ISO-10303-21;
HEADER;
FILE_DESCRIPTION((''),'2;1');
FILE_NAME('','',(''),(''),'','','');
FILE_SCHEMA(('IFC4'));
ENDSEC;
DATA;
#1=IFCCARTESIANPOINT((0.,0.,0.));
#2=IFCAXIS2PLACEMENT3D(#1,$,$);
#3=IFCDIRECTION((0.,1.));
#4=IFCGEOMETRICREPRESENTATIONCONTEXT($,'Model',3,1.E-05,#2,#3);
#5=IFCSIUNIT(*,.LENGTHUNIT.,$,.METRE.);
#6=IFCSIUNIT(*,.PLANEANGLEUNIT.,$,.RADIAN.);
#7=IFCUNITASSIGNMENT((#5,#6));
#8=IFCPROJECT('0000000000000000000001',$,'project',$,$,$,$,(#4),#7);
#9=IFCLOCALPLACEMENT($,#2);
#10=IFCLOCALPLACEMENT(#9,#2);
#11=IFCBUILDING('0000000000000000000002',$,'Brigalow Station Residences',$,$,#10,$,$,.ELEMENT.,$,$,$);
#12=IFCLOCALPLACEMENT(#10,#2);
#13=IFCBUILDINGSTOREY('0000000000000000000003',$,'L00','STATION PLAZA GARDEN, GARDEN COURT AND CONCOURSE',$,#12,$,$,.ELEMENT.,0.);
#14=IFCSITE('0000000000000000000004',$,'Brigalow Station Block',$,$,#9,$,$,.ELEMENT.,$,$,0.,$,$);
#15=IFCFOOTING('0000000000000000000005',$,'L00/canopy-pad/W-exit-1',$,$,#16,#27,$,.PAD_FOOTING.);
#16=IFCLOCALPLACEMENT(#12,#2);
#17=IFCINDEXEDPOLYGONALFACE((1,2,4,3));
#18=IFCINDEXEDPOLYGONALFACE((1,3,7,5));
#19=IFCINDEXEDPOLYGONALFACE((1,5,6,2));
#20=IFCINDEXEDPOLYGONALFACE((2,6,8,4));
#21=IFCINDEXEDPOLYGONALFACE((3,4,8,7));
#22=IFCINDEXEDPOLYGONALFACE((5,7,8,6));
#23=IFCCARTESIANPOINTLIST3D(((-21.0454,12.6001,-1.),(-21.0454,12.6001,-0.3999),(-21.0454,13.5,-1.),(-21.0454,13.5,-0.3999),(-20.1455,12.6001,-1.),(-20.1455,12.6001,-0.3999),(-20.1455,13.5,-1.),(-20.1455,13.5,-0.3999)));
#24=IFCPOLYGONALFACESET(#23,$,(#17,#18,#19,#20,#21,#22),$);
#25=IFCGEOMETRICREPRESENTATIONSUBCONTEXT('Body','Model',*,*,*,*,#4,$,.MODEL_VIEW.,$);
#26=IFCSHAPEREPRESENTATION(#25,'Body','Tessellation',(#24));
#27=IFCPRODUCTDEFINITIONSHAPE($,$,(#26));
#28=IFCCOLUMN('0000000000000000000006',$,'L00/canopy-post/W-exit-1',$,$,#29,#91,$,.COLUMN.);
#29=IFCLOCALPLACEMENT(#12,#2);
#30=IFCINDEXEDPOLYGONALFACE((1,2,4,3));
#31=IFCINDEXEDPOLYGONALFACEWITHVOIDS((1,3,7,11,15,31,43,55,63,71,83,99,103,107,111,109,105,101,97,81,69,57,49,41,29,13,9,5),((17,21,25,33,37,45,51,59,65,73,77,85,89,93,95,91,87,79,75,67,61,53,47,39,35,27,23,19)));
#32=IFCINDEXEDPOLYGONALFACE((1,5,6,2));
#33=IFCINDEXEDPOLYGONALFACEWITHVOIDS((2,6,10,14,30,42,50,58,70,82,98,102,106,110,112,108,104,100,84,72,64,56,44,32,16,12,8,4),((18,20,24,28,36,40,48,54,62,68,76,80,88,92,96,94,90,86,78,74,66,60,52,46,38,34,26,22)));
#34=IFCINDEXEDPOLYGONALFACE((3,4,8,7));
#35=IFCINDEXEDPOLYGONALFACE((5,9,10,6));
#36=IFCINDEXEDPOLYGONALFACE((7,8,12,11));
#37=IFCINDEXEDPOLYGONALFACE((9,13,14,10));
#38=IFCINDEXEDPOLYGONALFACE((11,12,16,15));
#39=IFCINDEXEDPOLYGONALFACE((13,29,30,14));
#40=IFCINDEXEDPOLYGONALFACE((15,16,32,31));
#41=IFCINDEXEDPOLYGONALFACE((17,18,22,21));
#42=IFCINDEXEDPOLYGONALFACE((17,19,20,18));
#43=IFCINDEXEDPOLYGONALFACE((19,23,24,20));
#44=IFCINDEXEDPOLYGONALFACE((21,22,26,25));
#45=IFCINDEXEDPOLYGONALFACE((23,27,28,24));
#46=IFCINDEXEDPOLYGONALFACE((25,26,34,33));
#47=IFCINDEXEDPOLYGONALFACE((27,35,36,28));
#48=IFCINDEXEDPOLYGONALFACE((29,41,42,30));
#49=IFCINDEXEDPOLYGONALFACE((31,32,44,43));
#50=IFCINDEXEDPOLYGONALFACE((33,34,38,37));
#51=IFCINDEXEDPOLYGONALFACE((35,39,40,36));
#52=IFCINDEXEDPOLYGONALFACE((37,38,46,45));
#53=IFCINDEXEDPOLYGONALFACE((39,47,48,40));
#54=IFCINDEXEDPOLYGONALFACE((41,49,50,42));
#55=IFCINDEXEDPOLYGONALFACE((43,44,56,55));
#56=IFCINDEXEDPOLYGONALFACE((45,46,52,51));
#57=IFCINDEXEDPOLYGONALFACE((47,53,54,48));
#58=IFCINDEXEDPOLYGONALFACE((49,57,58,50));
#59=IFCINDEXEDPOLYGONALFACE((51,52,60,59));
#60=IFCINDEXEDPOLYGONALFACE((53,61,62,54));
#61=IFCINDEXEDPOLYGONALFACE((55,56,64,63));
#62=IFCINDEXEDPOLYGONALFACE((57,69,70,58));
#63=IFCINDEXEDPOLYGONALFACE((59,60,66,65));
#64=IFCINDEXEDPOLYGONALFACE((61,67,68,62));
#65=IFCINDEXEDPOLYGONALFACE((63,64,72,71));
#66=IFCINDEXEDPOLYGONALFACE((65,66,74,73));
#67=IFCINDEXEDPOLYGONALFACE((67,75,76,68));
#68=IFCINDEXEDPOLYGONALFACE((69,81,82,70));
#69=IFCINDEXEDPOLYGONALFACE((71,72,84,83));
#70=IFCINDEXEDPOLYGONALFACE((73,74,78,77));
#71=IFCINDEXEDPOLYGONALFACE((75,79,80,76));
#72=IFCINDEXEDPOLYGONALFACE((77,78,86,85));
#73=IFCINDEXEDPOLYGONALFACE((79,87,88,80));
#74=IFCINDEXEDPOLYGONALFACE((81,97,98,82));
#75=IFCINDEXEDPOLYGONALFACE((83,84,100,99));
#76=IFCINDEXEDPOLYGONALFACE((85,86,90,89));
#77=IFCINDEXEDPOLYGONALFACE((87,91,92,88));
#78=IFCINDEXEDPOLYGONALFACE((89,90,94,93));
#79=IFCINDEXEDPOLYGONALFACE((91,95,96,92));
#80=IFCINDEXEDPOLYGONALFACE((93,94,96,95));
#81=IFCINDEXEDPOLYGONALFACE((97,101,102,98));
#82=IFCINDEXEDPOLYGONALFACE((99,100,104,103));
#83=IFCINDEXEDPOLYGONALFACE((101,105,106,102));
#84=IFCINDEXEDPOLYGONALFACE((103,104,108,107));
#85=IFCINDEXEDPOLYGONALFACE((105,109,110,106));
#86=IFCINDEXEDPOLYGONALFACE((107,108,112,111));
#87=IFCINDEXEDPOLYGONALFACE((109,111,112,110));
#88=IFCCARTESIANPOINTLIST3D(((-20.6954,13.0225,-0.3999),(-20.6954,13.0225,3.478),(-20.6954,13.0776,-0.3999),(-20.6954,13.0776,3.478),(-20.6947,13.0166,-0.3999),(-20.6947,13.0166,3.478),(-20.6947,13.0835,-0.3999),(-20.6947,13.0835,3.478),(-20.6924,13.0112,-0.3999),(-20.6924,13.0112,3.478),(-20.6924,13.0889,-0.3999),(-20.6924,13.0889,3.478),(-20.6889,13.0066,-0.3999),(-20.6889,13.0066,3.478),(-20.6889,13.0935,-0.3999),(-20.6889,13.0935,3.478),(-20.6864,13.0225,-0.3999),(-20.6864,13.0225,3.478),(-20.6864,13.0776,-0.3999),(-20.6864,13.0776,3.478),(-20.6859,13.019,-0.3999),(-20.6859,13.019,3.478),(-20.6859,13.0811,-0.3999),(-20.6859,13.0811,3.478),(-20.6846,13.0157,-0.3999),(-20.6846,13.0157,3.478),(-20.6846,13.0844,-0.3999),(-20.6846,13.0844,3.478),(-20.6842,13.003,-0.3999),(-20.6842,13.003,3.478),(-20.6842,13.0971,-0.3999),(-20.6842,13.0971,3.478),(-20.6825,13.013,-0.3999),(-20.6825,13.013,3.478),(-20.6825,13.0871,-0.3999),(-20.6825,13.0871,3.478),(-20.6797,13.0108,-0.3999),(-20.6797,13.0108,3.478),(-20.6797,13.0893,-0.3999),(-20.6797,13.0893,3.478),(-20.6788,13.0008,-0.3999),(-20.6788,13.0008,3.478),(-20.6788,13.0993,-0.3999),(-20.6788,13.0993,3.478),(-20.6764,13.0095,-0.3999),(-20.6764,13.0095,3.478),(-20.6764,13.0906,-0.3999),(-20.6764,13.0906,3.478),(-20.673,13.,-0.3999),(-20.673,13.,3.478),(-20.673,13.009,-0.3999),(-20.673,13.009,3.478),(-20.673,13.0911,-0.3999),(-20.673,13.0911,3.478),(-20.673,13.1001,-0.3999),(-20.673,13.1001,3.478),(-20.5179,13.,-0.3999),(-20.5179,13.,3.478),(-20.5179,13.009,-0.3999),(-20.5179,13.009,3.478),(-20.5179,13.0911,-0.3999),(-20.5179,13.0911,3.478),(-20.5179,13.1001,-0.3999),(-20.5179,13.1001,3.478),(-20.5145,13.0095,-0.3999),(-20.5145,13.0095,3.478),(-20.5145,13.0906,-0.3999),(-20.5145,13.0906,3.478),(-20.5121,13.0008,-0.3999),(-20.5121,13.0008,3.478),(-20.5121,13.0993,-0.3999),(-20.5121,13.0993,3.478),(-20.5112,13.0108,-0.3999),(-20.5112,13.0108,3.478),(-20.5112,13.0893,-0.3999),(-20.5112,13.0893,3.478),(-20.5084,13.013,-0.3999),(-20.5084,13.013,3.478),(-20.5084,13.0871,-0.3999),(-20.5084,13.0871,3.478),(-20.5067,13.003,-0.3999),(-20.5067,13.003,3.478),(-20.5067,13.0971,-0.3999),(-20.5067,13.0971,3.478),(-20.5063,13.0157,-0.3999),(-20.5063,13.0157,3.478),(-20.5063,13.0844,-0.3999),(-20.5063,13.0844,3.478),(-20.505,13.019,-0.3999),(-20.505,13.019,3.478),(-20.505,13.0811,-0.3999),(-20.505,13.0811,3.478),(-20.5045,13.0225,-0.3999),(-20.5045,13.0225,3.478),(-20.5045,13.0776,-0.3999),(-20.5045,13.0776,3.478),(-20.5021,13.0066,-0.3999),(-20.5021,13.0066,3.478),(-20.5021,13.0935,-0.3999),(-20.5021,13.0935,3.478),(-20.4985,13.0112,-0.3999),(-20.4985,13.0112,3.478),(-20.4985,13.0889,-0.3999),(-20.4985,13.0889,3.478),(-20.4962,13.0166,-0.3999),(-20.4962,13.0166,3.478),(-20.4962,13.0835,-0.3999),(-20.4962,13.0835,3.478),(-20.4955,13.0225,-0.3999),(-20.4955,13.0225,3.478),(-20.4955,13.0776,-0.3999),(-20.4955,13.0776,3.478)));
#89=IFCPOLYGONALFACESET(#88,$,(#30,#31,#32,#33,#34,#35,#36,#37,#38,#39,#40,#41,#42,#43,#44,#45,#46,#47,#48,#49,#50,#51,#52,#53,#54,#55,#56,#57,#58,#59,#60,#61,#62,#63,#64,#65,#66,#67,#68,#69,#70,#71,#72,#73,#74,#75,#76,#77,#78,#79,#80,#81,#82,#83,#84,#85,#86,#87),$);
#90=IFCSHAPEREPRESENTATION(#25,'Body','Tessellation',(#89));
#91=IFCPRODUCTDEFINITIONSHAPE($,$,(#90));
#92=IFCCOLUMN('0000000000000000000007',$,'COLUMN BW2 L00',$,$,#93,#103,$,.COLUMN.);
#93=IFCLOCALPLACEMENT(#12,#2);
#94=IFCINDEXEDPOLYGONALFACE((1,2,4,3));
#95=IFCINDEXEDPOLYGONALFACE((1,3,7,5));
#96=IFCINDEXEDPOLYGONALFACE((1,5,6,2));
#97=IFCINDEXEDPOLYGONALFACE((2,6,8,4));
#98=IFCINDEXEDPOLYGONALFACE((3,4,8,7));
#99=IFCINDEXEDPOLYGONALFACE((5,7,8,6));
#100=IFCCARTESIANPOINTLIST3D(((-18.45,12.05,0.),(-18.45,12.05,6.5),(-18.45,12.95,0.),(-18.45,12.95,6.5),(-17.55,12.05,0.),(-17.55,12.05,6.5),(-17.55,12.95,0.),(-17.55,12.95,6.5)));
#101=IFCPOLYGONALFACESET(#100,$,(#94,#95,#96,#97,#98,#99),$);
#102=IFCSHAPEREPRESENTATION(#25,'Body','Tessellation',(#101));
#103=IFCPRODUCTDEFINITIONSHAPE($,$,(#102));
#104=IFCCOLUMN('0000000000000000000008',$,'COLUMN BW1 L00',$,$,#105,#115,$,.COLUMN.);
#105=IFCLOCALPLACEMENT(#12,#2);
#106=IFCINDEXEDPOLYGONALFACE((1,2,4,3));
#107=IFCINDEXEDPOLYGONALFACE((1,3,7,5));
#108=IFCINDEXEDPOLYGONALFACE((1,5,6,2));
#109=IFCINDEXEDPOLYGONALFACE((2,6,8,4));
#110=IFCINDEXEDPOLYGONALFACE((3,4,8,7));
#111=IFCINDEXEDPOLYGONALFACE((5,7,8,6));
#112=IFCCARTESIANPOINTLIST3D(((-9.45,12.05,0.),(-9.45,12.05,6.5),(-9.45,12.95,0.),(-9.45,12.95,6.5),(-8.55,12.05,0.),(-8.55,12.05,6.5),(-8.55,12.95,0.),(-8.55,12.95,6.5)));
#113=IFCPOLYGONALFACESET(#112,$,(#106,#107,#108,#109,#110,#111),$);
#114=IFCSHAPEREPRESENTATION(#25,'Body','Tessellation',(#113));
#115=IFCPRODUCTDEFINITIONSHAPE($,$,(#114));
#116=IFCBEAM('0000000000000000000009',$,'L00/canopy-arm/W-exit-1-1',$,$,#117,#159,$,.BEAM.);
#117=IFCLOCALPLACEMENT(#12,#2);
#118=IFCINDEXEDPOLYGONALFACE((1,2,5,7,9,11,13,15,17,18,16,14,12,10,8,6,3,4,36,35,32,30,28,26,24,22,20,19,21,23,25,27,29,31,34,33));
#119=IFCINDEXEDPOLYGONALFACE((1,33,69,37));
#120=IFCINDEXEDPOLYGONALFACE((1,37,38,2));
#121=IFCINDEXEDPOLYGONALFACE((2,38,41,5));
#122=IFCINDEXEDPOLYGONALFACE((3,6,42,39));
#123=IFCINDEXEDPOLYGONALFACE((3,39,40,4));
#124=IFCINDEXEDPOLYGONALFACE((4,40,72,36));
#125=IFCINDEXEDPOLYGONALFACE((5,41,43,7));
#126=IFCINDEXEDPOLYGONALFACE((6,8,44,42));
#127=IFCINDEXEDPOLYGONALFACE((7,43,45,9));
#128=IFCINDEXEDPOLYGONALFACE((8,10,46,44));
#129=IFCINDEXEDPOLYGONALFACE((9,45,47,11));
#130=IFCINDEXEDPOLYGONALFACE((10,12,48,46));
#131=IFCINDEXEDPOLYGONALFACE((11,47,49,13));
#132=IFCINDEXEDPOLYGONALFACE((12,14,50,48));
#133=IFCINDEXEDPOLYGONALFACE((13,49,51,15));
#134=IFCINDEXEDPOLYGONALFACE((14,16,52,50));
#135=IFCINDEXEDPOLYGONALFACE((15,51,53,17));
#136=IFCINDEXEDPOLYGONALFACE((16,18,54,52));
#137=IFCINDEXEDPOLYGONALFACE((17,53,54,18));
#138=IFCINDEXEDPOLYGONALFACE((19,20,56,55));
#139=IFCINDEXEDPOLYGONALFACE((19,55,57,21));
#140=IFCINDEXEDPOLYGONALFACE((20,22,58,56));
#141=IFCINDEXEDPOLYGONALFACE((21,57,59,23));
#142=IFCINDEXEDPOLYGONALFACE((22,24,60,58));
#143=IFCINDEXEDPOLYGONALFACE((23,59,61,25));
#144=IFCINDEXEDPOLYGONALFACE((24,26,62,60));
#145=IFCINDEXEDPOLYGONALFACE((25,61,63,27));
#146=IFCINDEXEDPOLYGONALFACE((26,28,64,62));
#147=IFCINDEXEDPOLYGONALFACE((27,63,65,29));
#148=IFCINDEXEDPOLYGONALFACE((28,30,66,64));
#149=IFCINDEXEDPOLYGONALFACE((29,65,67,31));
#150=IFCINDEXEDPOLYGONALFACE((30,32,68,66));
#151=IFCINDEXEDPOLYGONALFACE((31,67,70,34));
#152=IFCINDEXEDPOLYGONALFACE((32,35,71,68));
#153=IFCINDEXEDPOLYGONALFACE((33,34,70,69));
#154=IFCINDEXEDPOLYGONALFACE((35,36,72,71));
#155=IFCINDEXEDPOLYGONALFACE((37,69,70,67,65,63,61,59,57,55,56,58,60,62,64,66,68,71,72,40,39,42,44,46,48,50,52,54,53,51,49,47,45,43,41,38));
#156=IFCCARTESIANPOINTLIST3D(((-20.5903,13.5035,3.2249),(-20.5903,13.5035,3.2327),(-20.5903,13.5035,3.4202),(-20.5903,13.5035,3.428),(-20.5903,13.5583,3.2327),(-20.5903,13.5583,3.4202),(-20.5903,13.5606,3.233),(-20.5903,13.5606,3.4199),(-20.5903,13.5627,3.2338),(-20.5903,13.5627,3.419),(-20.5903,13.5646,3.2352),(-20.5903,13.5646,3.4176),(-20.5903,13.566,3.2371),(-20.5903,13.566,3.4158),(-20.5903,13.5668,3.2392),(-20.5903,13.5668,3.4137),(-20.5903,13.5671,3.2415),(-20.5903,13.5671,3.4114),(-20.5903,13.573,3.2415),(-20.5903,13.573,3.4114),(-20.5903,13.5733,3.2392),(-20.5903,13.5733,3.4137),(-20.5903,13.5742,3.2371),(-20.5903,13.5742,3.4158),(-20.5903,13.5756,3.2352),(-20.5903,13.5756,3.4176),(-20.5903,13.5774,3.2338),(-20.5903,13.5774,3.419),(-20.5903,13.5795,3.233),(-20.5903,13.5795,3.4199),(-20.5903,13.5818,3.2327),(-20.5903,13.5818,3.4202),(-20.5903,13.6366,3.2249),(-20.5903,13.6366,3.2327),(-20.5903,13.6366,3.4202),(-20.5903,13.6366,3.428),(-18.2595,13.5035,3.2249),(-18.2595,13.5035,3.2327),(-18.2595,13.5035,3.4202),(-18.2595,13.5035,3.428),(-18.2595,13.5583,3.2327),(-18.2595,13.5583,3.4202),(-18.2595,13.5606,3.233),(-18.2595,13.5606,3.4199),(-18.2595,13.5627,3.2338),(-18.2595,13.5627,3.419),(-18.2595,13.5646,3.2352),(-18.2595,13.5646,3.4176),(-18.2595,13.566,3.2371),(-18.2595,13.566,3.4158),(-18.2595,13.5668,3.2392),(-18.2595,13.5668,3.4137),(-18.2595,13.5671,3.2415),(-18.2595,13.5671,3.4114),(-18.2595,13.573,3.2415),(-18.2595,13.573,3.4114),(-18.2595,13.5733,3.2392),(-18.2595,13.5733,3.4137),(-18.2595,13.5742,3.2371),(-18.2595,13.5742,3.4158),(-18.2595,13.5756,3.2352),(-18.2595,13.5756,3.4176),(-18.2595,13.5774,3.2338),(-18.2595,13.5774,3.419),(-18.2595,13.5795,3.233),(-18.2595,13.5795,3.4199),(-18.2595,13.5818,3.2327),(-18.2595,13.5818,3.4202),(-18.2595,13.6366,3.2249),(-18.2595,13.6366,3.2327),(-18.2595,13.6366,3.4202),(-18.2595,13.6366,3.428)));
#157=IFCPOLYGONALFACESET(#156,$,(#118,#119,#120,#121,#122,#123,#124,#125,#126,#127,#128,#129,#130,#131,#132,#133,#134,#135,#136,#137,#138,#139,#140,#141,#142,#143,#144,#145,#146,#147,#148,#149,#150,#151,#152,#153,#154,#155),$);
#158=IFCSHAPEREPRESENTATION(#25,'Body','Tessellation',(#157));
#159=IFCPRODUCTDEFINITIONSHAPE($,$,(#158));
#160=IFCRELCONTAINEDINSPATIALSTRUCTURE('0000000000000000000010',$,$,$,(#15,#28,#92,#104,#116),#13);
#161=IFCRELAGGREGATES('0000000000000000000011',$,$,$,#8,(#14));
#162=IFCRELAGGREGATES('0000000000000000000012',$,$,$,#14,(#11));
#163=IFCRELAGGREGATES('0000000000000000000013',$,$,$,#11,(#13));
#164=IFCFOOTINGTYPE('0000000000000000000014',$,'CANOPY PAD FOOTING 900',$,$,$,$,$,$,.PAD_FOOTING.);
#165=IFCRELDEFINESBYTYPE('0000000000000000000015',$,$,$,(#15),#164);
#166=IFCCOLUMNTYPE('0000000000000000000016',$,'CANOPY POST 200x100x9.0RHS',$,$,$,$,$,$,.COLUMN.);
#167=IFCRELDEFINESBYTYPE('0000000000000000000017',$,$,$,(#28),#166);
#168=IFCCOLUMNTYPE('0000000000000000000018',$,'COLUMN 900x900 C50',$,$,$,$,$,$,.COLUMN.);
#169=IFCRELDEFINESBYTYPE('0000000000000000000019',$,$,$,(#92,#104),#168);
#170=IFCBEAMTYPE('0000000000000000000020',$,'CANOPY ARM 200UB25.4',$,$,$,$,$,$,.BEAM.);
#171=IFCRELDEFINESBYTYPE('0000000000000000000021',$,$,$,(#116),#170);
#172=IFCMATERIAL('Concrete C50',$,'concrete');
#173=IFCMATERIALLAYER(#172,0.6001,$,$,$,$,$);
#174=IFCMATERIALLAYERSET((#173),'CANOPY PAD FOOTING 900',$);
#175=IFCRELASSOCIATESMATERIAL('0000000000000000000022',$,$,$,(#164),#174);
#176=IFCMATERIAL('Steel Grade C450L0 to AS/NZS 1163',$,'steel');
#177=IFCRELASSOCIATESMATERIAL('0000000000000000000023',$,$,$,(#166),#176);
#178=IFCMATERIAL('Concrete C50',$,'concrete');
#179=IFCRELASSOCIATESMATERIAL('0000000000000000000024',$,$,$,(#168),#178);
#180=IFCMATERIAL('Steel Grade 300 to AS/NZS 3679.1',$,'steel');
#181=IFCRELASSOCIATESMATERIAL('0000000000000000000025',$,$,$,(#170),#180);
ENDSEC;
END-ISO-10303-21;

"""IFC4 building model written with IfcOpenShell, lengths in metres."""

from ifc_helpers import new_model, si_unit, direction, frame, origin, origin_2d, place, context, subcontext, project, spatial, rectangle, hollow_rectangle, i_section, extrude, material, layer, layer_set, material_profile, profile_set, type_object, element, save


model = new_model("IFC4")

# Units and contexts
model_context = context("Model", 3, precision=1e-05, world=origin(), true_north=direction((0.0, 1.0)))
body_context = subcontext(model_context, "Body", "Model", "MODEL_VIEW")
ifc_project = project(units=[si_unit("LENGTHUNIT", "METRE"), si_unit("PLANEANGLEUNIT", "RADIAN")], contexts=[model_context])

# Site, building, storey
site_placement = place(None, origin())
site = spatial("IfcSite", under=ifc_project, at=site_placement, Name="Brigalow Station Block", CompositionType="ELEMENT", RefElevation=0.0)
building_placement = place(site_placement, origin())
building = spatial("IfcBuilding", under=site, at=building_placement, Name="Brigalow Station Residences", CompositionType="ELEMENT")
storey_placement = place(building_placement, origin())
storey = spatial("IfcBuildingStorey", under=building, at=storey_placement, Name="L00", Description="STATION PLAZA GARDEN, GARDEN COURT AND CONCOURSE", CompositionType="ELEMENT", Elevation=0.0)

# Footing
ifc_material_1 = material(Name="Concrete C50", Category="concrete")
ifc_layer_1 = layer(ifc_material_1, 0.6001)
ifc_layer_set_1 = layer_set([ifc_layer_1], Name="CANOPY PAD FOOTING 900")
footing_type = type_object("IfcFootingType", Name="CANOPY PAD FOOTING 900", PredefinedType="PAD_FOOTING", material=ifc_layer_set_1)
footing_placement = place(storey_placement, frame((-20.5955, 13.05, -1.0), z_axis=(0.0, 0.0, 1.0), x_axis=(0.0, 1.0, 0.0)))
element("IfcFooting", 1, at=footing_placement, inside=storey, type_object=footing_type, Name="L00/canopy-pad/W-exit-1", PredefinedType="PAD_FOOTING", context=body_context, shape_type="SweptSolid", body=[
    extrude(rectangle(XDim=0.8999, YDim=0.8999, at=origin_2d()), origin(), (0.0, 0.0, 1.0), 0.6001),
])

# Columns
ifc_material_2 = material(Name="Steel Grade C450L0 to AS/NZS 1163", Category="steel")
ifc_material_profile_1 = material_profile(ifc_material_2, hollow_rectangle(XDim=0.1001, YDim=0.2, WallThickness=0.009, InnerFilletRadius=0.0134, OuterFilletRadius=0.0225, at=origin_2d()), Name="200x100x9.0RHS")
ifc_profile_set_1 = profile_set([ifc_material_profile_1], Name="Steel Grade C450L0 to AS/NZS 1163")
column_type_1 = type_object("IfcColumnType", Name="CANOPY POST 200x100x9.0RHS", PredefinedType="COLUMN", material=ifc_profile_set_1)
column_placement = place(storey_placement, frame((-20.5955, 13.05, -0.3999), z_axis=(0.0, 0.0, 1.0), x_axis=(0.0, 1.0, 0.0)))
element("IfcColumn", 2, at=column_placement, inside=storey, type_object=column_type_1, Name="L00/canopy-post/W-exit-1", PredefinedType="COLUMN", context=body_context, shape_type="SweptSolid", body=[
    extrude(hollow_rectangle(XDim=0.1001, YDim=0.2, WallThickness=0.009, InnerFilletRadius=0.0134, OuterFilletRadius=0.0225, at=origin_2d()), origin(), (0.0, 0.0, 1.0), 3.8779),
])
ifc_material_3 = material(Name="Concrete C50", Category="concrete")
ifc_material_profile_2 = material_profile(ifc_material_3, rectangle(XDim=0.8999, YDim=0.8999, at=origin_2d()), Name="RC900x900")
ifc_profile_set_2 = profile_set([ifc_material_profile_2], Name="Concrete C50")
column_type_2 = type_object("IfcColumnType", Name="COLUMN 900x900 C50", PredefinedType="COLUMN", material=ifc_profile_set_2)
for number, where, z_axis, x_axis, name in (
    (3, (-18.0, 12.5, 0.0), (0.0, 0.0, 1.0), (1.0, 0.0, 0.0), "COLUMN BW2 L00"),
    (4, (-9.0, 12.5, 0.0), (0.0, 0.0, 1.0), (1.0, 0.0, 0.0), "COLUMN BW1 L00"),
):
    element("IfcColumn", number, at=place(storey_placement, frame(where, z_axis=z_axis, x_axis=x_axis)), inside=storey, type_object=column_type_2, Name=name, PredefinedType="COLUMN", context=body_context, shape_type="SweptSolid", body=[
        extrude(rectangle(XDim=0.8999, YDim=0.8999, at=origin_2d()), origin(), (0.0, 0.0, 1.0), 6.5),
    ])

# Beam
ifc_material_4 = material(Name="Steel Grade 300 to AS/NZS 3679.1", Category="steel")
ifc_material_profile_3 = material_profile(ifc_material_4, i_section(OverallWidth=0.1331, OverallDepth=0.2031, WebThickness=0.0059, FlangeThickness=0.0078, FilletRadius=0.0088, at=origin_2d()), Name="200UB25.4")
ifc_profile_set_3 = profile_set([ifc_material_profile_3], Name="Steel Grade 300 to AS/NZS 3679.1")
beam_type_1 = type_object("IfcBeamType", Name="CANOPY ARM 200UB25.4", PredefinedType="BEAM", material=ifc_profile_set_3)
for number, where, z_axis, x_axis, name in (
    (5, (-18.2595, 13.5701, 3.3264), (-1.0, 0.0, 0.0), (0.0, -1.0, 0.0), "L00/canopy-arm/W-exit-1-1"),
):
    element("IfcBeam", number, at=place(storey_placement, frame(where, z_axis=z_axis, x_axis=x_axis)), inside=storey, type_object=beam_type_1, Name=name, PredefinedType="BEAM", context=body_context, shape_type="SweptSolid", body=[
        extrude(i_section(OverallWidth=0.1331, OverallDepth=0.2031, WebThickness=0.0059, FlangeThickness=0.0078, FilletRadius=0.0088, at=origin_2d()), origin(), (0.0, 0.0, 1.0), 2.3308),
    ])

save(model, "model.ifc")
